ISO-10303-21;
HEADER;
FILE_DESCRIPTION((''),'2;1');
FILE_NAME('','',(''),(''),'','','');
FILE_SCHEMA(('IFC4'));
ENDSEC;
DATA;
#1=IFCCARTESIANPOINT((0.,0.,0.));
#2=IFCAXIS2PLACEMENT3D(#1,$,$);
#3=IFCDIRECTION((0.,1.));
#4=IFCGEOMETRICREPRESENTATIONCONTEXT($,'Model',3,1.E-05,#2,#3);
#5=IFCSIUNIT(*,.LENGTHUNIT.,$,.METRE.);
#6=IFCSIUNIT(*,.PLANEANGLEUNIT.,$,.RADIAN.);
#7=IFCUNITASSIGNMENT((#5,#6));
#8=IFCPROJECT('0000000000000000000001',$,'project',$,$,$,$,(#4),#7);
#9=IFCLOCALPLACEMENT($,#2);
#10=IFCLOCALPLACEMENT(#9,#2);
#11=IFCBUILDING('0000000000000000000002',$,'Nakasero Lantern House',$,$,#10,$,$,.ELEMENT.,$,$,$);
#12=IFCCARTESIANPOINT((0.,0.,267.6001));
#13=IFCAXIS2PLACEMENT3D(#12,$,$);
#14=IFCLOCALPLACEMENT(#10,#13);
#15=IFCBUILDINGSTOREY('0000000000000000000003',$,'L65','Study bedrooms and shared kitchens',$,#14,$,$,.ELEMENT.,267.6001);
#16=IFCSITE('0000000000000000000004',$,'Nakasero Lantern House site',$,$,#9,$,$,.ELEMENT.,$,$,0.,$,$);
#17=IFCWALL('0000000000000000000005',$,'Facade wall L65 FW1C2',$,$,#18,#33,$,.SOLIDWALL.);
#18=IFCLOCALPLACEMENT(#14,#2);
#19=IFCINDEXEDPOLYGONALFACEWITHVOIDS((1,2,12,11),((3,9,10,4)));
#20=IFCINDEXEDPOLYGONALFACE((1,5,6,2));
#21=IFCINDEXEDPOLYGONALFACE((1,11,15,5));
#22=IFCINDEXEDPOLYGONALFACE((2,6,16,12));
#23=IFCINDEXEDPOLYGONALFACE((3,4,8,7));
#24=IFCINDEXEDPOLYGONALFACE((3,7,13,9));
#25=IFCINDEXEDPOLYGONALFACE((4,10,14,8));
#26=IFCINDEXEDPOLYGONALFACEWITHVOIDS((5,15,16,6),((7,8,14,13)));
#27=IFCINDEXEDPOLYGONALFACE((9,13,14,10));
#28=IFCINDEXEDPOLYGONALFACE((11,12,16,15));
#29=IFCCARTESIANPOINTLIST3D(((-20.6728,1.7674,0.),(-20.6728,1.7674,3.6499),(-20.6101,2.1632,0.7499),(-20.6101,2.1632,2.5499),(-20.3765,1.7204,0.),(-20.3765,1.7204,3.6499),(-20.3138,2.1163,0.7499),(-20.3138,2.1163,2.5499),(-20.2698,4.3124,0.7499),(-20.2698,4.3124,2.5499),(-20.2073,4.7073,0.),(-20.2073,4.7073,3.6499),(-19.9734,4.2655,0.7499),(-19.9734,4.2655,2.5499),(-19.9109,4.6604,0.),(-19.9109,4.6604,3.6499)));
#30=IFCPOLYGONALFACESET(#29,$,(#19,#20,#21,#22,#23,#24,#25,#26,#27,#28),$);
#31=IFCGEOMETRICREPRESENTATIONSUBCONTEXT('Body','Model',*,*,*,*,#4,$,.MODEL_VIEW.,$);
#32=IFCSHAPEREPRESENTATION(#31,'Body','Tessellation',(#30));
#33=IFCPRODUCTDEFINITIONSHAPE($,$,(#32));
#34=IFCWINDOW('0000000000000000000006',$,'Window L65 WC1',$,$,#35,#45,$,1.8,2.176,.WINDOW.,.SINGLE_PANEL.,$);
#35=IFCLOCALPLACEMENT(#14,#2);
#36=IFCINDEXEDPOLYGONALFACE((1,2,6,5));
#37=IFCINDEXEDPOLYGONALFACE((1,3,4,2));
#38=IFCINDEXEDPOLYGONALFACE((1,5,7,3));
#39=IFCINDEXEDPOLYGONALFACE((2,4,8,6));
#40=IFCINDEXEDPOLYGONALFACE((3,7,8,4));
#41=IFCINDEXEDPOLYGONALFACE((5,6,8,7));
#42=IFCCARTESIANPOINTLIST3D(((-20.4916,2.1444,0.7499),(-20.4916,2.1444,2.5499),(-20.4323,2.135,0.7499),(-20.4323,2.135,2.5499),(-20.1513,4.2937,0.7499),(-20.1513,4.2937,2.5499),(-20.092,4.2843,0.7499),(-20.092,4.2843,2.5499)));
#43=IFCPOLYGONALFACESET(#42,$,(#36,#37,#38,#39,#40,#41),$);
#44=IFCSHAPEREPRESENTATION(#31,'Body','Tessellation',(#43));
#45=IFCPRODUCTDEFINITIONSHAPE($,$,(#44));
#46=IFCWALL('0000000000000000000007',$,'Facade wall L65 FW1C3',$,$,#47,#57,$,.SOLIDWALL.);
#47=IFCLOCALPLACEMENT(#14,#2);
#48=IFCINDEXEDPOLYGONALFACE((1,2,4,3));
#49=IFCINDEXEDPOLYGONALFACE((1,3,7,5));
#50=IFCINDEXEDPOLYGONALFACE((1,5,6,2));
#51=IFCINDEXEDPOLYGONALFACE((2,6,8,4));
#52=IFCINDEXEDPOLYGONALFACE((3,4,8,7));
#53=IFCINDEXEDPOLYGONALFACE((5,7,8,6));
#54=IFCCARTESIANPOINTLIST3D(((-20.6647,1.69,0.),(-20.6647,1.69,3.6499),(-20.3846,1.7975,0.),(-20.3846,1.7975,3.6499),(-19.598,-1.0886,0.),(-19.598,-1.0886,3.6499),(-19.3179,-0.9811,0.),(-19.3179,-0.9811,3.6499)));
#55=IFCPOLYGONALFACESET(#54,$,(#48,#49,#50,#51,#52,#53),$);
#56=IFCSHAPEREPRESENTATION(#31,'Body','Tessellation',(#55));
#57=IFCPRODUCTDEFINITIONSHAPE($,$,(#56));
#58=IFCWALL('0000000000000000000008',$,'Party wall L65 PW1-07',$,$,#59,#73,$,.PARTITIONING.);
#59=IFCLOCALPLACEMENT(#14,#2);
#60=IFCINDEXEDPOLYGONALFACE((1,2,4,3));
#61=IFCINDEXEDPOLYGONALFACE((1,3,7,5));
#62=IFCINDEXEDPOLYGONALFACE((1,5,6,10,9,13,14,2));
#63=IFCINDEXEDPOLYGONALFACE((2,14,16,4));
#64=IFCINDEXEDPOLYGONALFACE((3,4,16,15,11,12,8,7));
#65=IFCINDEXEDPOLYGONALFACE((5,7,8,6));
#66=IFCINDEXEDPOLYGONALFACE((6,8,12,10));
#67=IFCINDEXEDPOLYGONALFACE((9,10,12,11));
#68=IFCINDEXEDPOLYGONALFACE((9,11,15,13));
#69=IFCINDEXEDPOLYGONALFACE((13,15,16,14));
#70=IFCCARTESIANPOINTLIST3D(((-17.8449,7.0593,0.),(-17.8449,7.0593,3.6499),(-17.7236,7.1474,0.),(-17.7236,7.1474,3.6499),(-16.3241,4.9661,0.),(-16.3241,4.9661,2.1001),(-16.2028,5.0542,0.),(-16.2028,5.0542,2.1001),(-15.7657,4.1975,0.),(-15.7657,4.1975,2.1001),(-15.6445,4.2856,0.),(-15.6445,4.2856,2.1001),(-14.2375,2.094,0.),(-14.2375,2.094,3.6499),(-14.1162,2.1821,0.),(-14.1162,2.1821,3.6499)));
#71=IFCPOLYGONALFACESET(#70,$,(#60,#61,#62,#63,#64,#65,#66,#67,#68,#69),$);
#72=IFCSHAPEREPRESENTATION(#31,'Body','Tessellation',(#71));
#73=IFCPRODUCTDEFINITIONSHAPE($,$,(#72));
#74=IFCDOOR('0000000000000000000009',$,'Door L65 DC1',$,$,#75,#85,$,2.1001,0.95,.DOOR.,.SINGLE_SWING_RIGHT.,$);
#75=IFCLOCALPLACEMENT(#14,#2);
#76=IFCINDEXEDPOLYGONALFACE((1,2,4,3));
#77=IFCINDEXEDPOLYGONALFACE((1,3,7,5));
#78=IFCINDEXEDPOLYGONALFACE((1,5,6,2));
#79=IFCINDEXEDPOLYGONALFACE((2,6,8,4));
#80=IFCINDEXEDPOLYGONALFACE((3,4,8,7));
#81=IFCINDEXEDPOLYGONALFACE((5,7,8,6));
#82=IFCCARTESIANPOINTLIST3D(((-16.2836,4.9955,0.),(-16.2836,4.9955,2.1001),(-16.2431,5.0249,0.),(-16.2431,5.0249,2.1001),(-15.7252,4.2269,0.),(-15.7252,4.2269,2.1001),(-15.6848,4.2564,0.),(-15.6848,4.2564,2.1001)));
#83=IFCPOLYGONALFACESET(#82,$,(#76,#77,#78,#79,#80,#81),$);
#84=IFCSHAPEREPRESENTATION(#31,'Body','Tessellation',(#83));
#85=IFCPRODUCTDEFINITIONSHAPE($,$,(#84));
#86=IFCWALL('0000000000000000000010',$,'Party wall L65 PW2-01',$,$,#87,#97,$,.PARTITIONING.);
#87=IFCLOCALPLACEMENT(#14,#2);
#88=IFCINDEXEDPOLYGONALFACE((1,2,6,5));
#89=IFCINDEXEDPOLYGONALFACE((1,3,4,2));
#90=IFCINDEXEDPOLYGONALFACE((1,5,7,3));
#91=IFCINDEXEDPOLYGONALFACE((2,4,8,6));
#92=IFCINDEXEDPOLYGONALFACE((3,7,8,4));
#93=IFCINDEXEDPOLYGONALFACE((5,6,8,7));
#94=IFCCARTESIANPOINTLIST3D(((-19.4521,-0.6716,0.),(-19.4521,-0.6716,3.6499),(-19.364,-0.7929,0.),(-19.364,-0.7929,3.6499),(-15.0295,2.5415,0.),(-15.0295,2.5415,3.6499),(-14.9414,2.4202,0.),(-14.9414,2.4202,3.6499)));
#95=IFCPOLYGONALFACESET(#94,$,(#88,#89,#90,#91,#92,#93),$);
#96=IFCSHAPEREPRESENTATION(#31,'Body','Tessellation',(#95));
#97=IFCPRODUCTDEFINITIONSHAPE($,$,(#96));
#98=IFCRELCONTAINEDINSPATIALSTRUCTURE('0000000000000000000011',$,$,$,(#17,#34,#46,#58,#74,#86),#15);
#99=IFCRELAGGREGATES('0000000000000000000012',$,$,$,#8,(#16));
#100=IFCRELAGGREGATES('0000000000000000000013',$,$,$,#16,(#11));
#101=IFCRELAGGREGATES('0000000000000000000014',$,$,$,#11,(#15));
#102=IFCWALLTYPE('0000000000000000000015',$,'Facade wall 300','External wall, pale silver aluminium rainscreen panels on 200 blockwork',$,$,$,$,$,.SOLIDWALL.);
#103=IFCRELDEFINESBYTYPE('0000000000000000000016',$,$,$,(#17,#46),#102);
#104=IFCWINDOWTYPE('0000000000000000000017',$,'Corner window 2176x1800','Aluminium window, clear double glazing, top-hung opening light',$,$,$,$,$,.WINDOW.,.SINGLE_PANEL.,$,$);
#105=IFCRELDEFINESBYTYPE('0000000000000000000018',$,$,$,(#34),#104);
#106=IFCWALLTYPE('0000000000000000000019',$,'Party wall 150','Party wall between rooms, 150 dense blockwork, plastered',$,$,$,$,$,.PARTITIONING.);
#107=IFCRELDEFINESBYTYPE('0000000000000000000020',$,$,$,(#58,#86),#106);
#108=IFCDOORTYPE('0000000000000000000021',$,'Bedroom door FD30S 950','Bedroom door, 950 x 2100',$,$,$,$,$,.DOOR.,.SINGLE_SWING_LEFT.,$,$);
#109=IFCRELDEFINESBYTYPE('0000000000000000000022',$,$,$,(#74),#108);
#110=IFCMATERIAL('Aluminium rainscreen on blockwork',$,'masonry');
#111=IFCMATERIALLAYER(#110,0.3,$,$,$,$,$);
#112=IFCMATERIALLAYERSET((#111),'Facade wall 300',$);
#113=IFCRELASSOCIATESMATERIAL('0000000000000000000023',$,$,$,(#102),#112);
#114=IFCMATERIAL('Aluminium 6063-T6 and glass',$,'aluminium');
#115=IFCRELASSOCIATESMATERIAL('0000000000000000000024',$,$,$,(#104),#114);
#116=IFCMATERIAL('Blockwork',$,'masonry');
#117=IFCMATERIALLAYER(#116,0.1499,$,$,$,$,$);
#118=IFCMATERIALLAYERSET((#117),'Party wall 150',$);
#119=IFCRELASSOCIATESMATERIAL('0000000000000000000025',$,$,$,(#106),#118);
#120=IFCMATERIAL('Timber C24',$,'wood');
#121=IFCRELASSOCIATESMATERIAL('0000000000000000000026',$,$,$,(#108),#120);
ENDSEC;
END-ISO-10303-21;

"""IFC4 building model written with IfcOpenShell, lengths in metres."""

from ifc_helpers import new_model, si_unit, direction, frame, frame_2d, origin, place, context, subcontext, project, spatial, rectangle, extrude, material, layer, layer_set, type_object, element, fill, save


model = new_model("IFC4")

# Units and contexts
model_context = context("Model", 3, precision=1e-05, world=origin(), true_north=direction((0.0, 1.0)))
body_context = subcontext(model_context, "Body", "Model", "MODEL_VIEW")
ifc_project = project(units=[si_unit("LENGTHUNIT", "METRE"), si_unit("PLANEANGLEUNIT", "RADIAN")], contexts=[model_context])

# Site, building, storey
site_placement = place(None, origin())
site = spatial("IfcSite", under=ifc_project, at=site_placement, Name="Nakasero Lantern House site", CompositionType="ELEMENT", RefElevation=0.0)
building_placement = place(site_placement, origin())
building = spatial("IfcBuilding", under=site, at=building_placement, Name="Nakasero Lantern House", CompositionType="ELEMENT")
storey_placement = place(building_placement, frame((0.0, 0.0, 267.6001)))
storey = spatial("IfcBuildingStorey", under=building, at=storey_placement, Name="L65", Description="Study bedrooms and shared kitchens", CompositionType="ELEMENT", Elevation=267.6001)

# Shared definitions
ifc_material_1 = material(Name="Aluminium rainscreen on blockwork", Category="masonry")
ifc_layer_1 = layer(ifc_material_1, 0.3)
ifc_layer_set_1 = layer_set([ifc_layer_1], Name="Facade wall 300")
wall_type_1 = type_object("IfcWallType", Name="Facade wall 300", Description="External wall, pale silver aluminium rainscreen panels on 200 blockwork", PredefinedType="SOLIDWALL", material=ifc_layer_set_1)

# Wall, opening, window
wall_1_placement = place(storey_placement, frame((-20.0591, 4.6838, 0.0), z_axis=(0.0, 0.0, 1.0), x_axis=(-0.156413, -0.987692, 0.0)))
wall_1 = element("IfcWall", 1, at=wall_1_placement, inside=storey, type_object=wall_type_1, Name="Facade wall L65 FW1C2", PredefinedType="SOLIDWALL", context=body_context, shape_type="SweptSolid", body=[
    extrude(rectangle(XDim=2.9766, YDim=0.3, at=frame_2d((1.4883, 0.0))), origin(), (0.0, 0.0, 1.0), 3.6499),
])
opening_1_placement = place(wall_1_placement, frame((0.3999, 0.0, 0.75)))
opening_1 = element("IfcOpeningElement", 2, at=opening_1_placement, cuts=wall_1, PredefinedType="OPENING", context=body_context, shape_type="SweptSolid", body=[
    extrude(rectangle(XDim=2.176, YDim=1.8, at=frame_2d((1.0879, 0.8999))), frame((0.0, 0.1699, 0.0), z_axis=(0.0, -1.0, 0.0), x_axis=(1.0, 0.0, 0.0)), (0.0, 0.0, 1.0), 0.3401),
])
ifc_material_2 = material(Name="Aluminium 6063-T6 and glass", Category="aluminium")
window_type = type_object("IfcWindowType", Name="Corner window 2176x1800", Description="Aluminium window, clear double glazing, top-hung opening light", PartitioningType="SINGLE_PANEL", PredefinedType="WINDOW", material=ifc_material_2)
window_placement = place(opening_1_placement, origin())
window = element("IfcWindow", 3, at=window_placement, inside=storey, type_object=window_type, Name="Window L65 WC1", OverallHeight=1.8, OverallWidth=2.176, PartitioningType="SINGLE_PANEL", PredefinedType="WINDOW", context=body_context, shape_type="SweptSolid", body=[
    extrude(rectangle(XDim=2.176, YDim=1.8, at=frame_2d((1.0879, 0.8999))), frame((0.0, 0.03, 0.0), z_axis=(0.0, -1.0, 0.0), x_axis=(1.0, 0.0, 0.0)), (0.0, 0.0, 1.0), 0.0601),
])
fill(opening_1, window)

# Wall
wall_2_placement = place(storey_placement, frame((-20.5247, 1.7439, 0.0), z_axis=(0.0, 0.0, 1.0), x_axis=(0.358385, -0.933574, 0.0)))
element("IfcWall", 4, at=wall_2_placement, inside=storey, type_object=wall_type_1, Name="Facade wall L65 FW1C3", PredefinedType="SOLIDWALL", context=body_context, shape_type="SweptSolid", body=[
    extrude(rectangle(XDim=2.9763, YDim=0.3, at=frame_2d((1.4883, 0.0))), origin(), (0.0, 0.0, 1.0), 3.6499),
])

# Wall, opening, door
ifc_material_3 = material(Name="Blockwork", Category="masonry")
ifc_layer_2 = layer(ifc_material_3, 0.1499)
ifc_layer_set_2 = layer_set([ifc_layer_2], Name="Party wall 150")
wall_type_2 = type_object("IfcWallType", Name="Party wall 150", Description="Party wall between rooms, 150 dense blockwork, plastered", PredefinedType="PARTITIONING", material=ifc_layer_set_2)
wall_3_placement = place(storey_placement, frame((-14.1768, 2.1379, 0.0), z_axis=(0.0, 0.0, 1.0), x_axis=(-0.587774, 0.809025, 0.0)))
wall_3 = element("IfcWall", 5, at=wall_3_placement, inside=storey, type_object=wall_type_2, Name="Party wall L65 PW1-07", PredefinedType="PARTITIONING", context=body_context, shape_type="SweptSolid", body=[
    extrude(rectangle(XDim=6.1375, YDim=0.1499, at=frame_2d((3.0688, 0.0))), origin(), (0.0, 0.0, 1.0), 3.6499),
])
opening_2_placement = place(wall_3_placement, frame((2.6001, 0.0, 0.0)))
opening_2 = element("IfcOpeningElement", 6, at=opening_2_placement, cuts=wall_3, PredefinedType="OPENING", context=body_context, shape_type="SweptSolid", body=[
    extrude(rectangle(XDim=0.95, YDim=2.1001, at=frame_2d((0.4751, 1.05))), frame((0.0, 0.095, 0.0), z_axis=(0.0, -1.0, 0.0), x_axis=(1.0, 0.0, 0.0)), (0.0, 0.0, 1.0), 0.1899),
])
ifc_material_4 = material(Name="Timber C24", Category="wood")
door_type = type_object("IfcDoorType", Name="Bedroom door FD30S 950", Description="Bedroom door, 950 x 2100", OperationType="SINGLE_SWING_LEFT", PredefinedType="DOOR", material=ifc_material_4)
door_placement = place(opening_2_placement, origin())
door = element("IfcDoor", 7, at=door_placement, inside=storey, type_object=door_type, Name="Door L65 DC1", OperationType="SINGLE_SWING_RIGHT", OverallHeight=2.1001, OverallWidth=0.95, PredefinedType="DOOR", context=body_context, shape_type="SweptSolid", body=[
    extrude(rectangle(XDim=0.95, YDim=2.1001, at=frame_2d((0.4751, 1.05))), frame((0.0, 0.0249, 0.0), z_axis=(0.0, -1.0, 0.0), x_axis=(1.0, 0.0, 0.0)), (0.0, 0.0, 1.0), 0.05),
])
fill(opening_2, door)

# Wall
wall_4_placement = place(storey_placement, frame((-14.9854, 2.481, 0.0), z_axis=(0.0, 0.0, 1.0), x_axis=(-0.809024, -0.587776, 0.0)))
element("IfcWall", 8, at=wall_4_placement, inside=storey, type_object=wall_type_2, Name="Party wall L65 PW2-01", PredefinedType="PARTITIONING", context=body_context, shape_type="SweptSolid", body=[
    extrude(rectangle(XDim=5.4666, YDim=0.1499, at=frame_2d((2.7334, 0.0))), origin(), (0.0, 0.0, 1.0), 3.6499),
])

save(model, "model.ifc")
